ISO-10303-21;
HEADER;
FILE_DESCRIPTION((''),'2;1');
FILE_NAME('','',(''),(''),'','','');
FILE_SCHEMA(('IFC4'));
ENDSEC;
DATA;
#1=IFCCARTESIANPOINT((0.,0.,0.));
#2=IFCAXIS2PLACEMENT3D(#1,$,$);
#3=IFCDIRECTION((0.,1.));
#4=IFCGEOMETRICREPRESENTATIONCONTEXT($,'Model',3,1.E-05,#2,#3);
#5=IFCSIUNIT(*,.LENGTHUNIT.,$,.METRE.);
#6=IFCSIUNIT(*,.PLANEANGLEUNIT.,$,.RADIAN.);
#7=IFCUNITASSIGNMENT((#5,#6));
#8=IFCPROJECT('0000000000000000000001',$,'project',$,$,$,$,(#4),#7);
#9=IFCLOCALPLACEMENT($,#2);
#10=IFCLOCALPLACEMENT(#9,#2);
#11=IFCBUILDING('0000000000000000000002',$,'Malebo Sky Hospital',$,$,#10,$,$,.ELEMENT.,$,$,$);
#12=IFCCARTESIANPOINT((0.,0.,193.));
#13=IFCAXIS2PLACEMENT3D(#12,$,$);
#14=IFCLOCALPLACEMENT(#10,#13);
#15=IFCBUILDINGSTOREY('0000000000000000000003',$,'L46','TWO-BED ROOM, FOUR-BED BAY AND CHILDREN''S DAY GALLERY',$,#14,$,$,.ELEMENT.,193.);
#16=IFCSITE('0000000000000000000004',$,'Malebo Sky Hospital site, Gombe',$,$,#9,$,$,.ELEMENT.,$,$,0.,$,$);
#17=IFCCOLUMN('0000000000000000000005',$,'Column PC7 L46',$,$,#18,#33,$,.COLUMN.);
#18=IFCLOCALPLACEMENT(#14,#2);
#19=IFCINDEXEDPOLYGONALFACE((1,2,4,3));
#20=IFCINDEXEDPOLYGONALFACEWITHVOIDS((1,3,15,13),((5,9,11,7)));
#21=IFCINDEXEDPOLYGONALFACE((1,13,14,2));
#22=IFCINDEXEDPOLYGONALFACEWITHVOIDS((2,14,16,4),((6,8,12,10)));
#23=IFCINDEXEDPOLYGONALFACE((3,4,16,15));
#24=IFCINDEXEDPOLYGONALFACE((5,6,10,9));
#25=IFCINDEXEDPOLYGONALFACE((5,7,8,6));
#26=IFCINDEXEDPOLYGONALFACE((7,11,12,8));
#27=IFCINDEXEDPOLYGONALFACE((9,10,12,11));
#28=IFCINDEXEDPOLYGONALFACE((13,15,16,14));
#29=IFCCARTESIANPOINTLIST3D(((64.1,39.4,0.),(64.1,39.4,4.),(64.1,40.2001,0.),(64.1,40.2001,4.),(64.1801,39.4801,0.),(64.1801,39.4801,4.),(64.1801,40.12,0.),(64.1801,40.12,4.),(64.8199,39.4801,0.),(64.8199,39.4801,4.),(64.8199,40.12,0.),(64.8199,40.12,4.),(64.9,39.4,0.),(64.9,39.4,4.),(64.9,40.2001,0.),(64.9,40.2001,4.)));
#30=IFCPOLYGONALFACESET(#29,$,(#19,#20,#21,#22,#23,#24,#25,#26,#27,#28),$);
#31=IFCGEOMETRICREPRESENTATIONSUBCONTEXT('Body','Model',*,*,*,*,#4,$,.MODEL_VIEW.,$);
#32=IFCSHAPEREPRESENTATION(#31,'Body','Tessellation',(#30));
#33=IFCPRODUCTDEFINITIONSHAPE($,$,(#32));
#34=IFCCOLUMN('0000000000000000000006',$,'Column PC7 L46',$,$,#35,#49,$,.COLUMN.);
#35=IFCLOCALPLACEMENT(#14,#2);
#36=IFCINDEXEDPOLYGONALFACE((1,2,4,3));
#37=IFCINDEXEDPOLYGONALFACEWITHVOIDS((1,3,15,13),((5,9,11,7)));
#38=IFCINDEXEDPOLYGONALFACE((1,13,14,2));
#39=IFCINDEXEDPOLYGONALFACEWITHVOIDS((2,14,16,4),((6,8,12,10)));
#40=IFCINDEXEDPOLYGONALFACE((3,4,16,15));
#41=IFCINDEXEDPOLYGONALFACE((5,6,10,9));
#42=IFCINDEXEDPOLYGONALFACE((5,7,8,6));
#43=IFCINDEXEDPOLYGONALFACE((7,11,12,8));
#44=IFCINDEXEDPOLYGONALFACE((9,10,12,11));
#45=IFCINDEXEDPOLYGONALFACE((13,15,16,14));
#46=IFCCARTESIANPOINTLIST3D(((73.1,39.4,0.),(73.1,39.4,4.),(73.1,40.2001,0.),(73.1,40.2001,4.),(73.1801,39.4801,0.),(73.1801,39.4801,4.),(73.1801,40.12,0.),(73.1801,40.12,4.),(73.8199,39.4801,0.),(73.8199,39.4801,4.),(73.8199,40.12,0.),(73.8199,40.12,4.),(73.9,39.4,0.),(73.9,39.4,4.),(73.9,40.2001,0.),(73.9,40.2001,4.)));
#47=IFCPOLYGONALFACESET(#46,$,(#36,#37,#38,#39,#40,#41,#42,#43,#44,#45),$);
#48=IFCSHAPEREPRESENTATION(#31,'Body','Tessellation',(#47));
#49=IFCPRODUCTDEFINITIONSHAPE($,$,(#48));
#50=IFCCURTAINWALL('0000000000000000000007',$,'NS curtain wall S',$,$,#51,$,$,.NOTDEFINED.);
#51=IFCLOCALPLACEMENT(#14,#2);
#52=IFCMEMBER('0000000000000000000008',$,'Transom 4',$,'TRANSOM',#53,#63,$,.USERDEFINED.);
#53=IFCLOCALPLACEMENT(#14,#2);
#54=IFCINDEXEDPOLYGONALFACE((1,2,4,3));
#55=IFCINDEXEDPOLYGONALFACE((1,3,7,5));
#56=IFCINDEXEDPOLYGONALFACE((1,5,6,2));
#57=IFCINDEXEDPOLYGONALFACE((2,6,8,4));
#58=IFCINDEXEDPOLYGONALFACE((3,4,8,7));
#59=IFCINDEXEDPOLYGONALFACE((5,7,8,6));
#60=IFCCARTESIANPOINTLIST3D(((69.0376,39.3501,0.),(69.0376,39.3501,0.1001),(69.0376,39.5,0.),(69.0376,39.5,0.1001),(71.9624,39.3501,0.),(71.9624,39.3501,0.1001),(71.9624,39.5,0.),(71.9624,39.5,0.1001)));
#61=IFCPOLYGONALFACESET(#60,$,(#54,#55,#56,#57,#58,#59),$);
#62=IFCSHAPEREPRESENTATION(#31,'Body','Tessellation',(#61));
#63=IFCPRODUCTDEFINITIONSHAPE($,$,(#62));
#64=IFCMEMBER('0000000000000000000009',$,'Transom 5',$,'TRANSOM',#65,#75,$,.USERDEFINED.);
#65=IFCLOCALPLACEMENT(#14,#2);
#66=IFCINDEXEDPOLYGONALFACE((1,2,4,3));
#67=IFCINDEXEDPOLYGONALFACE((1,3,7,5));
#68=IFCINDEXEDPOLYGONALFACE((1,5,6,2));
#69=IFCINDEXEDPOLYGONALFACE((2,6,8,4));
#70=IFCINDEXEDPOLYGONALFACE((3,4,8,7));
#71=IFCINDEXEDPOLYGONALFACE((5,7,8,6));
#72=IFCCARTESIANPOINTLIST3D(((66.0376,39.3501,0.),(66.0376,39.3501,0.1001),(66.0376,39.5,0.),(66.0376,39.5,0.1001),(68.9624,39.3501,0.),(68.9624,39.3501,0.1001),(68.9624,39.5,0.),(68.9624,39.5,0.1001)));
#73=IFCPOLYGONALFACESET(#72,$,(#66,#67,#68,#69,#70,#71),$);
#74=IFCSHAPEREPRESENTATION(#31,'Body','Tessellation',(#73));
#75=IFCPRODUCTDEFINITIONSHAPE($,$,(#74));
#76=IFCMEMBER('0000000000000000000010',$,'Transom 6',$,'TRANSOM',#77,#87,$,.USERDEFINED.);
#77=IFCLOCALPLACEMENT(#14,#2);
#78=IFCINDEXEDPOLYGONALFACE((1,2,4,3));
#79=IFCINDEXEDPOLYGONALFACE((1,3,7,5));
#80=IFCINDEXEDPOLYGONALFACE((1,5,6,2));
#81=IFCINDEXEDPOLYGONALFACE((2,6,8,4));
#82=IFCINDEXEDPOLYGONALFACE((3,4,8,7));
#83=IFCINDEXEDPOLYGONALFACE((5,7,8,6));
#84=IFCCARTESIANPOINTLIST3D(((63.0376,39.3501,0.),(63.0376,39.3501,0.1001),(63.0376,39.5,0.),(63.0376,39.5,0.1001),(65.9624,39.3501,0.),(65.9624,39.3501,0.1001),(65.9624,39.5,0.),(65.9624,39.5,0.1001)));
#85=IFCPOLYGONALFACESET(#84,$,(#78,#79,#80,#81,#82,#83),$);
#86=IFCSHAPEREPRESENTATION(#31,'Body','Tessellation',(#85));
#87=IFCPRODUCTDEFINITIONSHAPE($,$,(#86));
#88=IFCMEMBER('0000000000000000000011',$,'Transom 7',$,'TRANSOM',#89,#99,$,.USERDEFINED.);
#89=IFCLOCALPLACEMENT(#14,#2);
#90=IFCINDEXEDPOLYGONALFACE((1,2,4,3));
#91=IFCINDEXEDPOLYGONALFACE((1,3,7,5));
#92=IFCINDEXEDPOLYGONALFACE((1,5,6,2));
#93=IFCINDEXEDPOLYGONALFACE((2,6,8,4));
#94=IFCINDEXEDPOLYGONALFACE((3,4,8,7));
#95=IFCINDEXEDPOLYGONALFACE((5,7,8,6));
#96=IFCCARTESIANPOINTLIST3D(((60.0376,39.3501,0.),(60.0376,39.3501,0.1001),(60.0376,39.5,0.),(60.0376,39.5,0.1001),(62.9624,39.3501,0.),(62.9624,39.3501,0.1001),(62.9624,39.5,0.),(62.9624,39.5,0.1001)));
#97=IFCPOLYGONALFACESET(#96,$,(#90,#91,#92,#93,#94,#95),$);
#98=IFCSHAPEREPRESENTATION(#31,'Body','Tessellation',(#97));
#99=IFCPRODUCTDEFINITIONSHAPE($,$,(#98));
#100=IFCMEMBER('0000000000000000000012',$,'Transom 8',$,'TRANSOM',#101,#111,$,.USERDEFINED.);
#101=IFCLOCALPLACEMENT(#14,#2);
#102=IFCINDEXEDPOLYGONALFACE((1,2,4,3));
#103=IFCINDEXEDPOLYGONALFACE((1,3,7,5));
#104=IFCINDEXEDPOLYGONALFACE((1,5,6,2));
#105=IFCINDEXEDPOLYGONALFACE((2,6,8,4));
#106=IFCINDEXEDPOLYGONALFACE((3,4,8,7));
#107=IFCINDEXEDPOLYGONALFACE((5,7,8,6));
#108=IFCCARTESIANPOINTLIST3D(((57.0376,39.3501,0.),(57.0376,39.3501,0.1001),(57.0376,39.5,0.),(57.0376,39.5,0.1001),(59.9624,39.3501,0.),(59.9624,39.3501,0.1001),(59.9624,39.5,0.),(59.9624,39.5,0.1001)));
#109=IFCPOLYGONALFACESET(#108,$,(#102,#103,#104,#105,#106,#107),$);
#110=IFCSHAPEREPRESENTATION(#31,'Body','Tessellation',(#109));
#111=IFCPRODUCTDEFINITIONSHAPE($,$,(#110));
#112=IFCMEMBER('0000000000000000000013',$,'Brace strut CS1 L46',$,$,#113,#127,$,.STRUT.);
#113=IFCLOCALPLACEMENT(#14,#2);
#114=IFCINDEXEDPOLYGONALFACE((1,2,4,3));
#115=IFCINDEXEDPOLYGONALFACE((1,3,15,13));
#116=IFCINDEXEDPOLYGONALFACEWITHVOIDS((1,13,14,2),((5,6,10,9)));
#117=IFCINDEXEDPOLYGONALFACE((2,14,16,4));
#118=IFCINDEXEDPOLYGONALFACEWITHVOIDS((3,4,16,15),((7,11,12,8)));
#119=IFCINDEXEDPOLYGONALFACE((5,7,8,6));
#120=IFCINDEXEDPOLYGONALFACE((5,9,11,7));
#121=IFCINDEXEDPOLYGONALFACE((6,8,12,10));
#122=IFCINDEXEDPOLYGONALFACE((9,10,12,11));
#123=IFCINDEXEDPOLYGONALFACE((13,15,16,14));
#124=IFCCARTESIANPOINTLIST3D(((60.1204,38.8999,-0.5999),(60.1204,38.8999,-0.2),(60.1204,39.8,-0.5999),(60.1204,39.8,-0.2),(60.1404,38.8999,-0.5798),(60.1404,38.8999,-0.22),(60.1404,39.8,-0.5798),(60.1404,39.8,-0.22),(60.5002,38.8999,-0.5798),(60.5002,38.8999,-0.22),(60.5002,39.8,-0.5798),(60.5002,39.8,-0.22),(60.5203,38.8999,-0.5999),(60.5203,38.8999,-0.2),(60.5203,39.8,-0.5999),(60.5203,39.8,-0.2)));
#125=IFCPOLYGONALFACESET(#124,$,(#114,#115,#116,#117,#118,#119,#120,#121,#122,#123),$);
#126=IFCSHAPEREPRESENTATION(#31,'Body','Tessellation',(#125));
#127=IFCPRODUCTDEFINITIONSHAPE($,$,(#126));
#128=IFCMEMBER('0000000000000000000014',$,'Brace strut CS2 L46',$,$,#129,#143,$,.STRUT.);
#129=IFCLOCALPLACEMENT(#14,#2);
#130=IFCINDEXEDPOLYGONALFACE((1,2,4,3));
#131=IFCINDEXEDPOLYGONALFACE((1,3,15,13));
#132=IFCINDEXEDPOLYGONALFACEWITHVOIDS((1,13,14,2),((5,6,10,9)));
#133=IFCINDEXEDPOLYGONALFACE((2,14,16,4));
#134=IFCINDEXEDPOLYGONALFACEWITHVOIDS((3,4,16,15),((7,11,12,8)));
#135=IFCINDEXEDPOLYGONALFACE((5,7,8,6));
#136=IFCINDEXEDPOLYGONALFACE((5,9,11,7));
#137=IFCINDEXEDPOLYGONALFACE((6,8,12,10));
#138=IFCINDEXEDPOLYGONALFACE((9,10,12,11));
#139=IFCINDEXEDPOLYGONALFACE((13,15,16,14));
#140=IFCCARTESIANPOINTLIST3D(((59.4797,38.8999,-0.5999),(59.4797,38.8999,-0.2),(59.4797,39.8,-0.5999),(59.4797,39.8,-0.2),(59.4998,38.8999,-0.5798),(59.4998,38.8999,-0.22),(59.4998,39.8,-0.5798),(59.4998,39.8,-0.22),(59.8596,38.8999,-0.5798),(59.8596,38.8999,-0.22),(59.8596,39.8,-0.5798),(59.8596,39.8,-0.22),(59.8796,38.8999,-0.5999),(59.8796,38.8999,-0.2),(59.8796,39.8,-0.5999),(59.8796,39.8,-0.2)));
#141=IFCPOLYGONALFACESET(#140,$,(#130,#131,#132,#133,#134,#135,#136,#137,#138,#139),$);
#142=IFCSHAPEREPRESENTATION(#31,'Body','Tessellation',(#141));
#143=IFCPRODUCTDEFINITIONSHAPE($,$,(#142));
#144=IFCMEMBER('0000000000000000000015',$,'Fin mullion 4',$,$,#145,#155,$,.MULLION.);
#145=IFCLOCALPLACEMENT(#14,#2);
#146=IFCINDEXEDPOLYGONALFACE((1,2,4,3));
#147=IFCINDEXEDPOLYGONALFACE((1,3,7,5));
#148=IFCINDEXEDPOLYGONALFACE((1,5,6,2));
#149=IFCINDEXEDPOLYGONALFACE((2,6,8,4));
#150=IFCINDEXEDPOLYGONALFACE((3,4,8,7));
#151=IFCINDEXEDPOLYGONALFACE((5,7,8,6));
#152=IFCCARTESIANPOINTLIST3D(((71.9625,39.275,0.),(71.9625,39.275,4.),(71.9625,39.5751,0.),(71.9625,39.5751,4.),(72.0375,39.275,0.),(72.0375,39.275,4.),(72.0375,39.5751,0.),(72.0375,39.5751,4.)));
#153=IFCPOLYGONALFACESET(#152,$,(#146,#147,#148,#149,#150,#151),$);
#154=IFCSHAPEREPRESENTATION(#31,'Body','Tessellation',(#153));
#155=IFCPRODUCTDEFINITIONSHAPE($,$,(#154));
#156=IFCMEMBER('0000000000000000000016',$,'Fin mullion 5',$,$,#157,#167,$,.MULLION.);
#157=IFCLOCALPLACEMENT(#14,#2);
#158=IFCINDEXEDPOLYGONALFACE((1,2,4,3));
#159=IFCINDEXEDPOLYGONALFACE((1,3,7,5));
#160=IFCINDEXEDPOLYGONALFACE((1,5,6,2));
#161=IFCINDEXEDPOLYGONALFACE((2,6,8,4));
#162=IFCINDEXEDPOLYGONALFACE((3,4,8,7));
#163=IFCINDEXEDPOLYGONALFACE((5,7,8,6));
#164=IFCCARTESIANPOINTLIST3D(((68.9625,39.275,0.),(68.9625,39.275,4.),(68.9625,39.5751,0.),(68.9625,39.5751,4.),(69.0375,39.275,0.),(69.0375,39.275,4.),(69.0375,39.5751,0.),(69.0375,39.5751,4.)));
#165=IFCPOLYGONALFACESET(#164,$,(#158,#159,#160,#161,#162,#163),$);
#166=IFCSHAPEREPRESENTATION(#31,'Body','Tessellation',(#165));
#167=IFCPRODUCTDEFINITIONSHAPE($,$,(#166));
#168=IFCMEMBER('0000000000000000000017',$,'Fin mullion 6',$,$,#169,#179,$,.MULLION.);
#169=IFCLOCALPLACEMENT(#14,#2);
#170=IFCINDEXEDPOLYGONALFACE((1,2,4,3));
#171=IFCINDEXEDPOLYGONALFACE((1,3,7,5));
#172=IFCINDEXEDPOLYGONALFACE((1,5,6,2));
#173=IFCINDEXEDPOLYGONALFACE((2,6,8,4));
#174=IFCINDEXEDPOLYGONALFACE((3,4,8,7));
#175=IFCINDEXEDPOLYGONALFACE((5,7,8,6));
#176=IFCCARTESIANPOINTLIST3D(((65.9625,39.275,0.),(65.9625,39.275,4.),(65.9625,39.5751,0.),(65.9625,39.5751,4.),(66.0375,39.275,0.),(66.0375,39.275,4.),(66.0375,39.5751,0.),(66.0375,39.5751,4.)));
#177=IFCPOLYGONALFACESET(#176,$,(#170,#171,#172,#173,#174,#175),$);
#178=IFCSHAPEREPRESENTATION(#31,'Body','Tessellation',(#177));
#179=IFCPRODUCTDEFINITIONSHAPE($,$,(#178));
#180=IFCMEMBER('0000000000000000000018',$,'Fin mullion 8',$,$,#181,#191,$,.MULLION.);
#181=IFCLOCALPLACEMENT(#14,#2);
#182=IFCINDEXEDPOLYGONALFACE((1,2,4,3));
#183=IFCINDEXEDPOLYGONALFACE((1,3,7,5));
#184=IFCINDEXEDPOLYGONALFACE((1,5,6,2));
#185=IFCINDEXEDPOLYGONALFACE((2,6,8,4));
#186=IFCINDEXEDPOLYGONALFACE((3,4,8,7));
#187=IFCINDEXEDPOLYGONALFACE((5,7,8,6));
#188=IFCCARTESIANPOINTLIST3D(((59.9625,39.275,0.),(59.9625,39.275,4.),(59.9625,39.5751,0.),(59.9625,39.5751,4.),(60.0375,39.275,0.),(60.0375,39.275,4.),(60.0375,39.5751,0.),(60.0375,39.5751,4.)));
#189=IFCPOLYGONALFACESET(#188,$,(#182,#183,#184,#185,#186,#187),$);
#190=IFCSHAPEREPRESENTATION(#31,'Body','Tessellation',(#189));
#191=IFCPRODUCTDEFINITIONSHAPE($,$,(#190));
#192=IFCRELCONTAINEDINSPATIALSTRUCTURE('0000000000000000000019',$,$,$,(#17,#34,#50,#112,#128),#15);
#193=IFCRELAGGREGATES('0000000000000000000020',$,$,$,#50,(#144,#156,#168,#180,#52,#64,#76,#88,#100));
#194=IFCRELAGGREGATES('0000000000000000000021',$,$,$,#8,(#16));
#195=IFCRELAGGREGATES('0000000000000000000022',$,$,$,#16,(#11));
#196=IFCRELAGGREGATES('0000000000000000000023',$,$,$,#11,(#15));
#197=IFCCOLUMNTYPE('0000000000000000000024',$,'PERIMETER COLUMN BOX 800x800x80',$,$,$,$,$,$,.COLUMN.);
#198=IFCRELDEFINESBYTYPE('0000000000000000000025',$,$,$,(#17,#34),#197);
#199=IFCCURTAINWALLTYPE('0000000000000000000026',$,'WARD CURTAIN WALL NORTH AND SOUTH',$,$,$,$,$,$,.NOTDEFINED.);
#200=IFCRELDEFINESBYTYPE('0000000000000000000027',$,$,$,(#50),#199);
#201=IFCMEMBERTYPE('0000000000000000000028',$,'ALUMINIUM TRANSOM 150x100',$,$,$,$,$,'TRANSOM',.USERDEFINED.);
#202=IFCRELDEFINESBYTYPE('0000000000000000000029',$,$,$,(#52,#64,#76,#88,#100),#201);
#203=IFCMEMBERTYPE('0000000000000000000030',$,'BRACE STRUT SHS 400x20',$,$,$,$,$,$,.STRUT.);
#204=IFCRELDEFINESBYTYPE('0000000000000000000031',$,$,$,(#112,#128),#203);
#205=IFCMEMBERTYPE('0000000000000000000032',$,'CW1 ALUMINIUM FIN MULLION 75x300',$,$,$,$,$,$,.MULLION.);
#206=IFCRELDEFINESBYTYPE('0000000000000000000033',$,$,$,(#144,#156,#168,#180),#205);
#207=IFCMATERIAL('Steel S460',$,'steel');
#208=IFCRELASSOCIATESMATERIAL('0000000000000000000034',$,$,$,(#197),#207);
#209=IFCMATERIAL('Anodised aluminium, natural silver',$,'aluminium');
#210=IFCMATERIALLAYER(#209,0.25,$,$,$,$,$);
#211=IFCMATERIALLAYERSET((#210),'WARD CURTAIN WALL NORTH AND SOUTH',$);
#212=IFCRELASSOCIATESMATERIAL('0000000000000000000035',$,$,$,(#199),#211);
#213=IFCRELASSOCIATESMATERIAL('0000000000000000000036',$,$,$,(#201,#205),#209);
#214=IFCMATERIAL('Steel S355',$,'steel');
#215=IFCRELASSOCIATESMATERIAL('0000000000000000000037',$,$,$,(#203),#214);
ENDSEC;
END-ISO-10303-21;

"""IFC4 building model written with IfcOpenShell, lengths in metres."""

from ifc_helpers import new_model, si_unit, direction, frame, origin, origin_2d, place, context, subcontext, project, spatial, rectangle, hollow_rectangle, extrude, material, layer, layer_set, material_profile, profile_set, type_object, element, aggregate, save


model = new_model("IFC4")

# Units and contexts
model_context = context("Model", 3, precision=1e-05, world=origin(), true_north=direction((0.0, 1.0)))
body_context = subcontext(model_context, "Body", "Model", "MODEL_VIEW")
ifc_project = project(units=[si_unit("LENGTHUNIT", "METRE"), si_unit("PLANEANGLEUNIT", "RADIAN")], contexts=[model_context])

# Site, building, storey
site_placement = place(None, origin())
site = spatial("IfcSite", under=ifc_project, at=site_placement, Name="Malebo Sky Hospital site, Gombe", CompositionType="ELEMENT", RefElevation=0.0)
building_placement = place(site_placement, origin())
building = spatial("IfcBuilding", under=site, at=building_placement, Name="Malebo Sky Hospital", CompositionType="ELEMENT")
storey_placement = place(building_placement, frame((0.0, 0.0, 193.0)))
storey = spatial("IfcBuildingStorey", under=building, at=storey_placement, Name="L46", Description="TWO-BED ROOM, FOUR-BED BAY AND CHILDREN'S DAY GALLERY", CompositionType="ELEMENT", Elevation=193.0)

# Columns
ifc_material_1 = material(Name="Steel S460", Category="steel")
ifc_material_profile_1 = material_profile(ifc_material_1, hollow_rectangle(XDim=0.8, YDim=0.8, WallThickness=0.0801, at=origin_2d()), Name="BOX 800x800x80")
ifc_profile_set_1 = profile_set([ifc_material_profile_1], Name="Steel S460")
column_type = type_object("IfcColumnType", Name="PERIMETER COLUMN BOX 800x800x80", PredefinedType="COLUMN", material=ifc_profile_set_1)
for number, where, z_axis, x_axis, name in (
    (1, (64.5, 39.8, 0.0), (0.0, 0.0, 1.0), (1.0, 0.0, 0.0), "Column PC7 L46"),
    (2, (73.5, 39.8, 0.0), (0.0, 0.0, 1.0), (1.0, 0.0, 0.0), "Column PC7 L46"),
):
    element("IfcColumn", number, at=place(storey_placement, frame(where, z_axis=z_axis, x_axis=x_axis)), inside=storey, type_object=column_type, Name=name, PredefinedType="COLUMN", context=body_context, shape_type="SweptSolid", body=[
        extrude(hollow_rectangle(XDim=0.8, YDim=0.8, WallThickness=0.0801, at=origin_2d()), origin(), (0.0, 0.0, 1.0), 4.0),
    ])

# Curtain wall, members
ifc_material_2 = material(Name="Anodised aluminium, natural silver", Category="aluminium")
ifc_layer_1 = layer(ifc_material_2, 0.25)
ifc_layer_set_1 = layer_set([ifc_layer_1], Name="WARD CURTAIN WALL NORTH AND SOUTH")
curtain_wall_type = type_object("IfcCurtainWallType", Name="WARD CURTAIN WALL NORTH AND SOUTH", PredefinedType="NOTDEFINED", material=ifc_layer_set_1)
curtain_wall_placement = place(storey_placement, origin())
curtain_wall = element("IfcCurtainWall", 3, at=curtain_wall_placement, inside=storey, type_object=curtain_wall_type, Name="NS curtain wall S", PredefinedType="NOTDEFINED")
ifc_material_profile_2 = material_profile(ifc_material_2, rectangle(XDim=0.1499, YDim=0.1001, at=origin_2d()), Name="ALUMINIUM TRANSOM 150x100")
ifc_profile_set_2 = profile_set([ifc_material_profile_2], Name="Anodised aluminium, natural silver")
member_type_1 = type_object("IfcMemberType", Name="ALUMINIUM TRANSOM 150x100", ElementType="TRANSOM", PredefinedType="USERDEFINED", material=ifc_profile_set_2)
member_1_placement = place(storey_placement, frame((71.9624, 39.425, 0.05), z_axis=(-1.0, 0.0, 0.0), x_axis=(0.0, -1.0, 0.0)))
member_1 = element("IfcMember", 4, at=member_1_placement, type_object=member_type_1, Name="Transom 4", ObjectType="TRANSOM", PredefinedType="USERDEFINED", context=body_context, shape_type="SweptSolid", body=[
    extrude(rectangle(XDim=0.1499, YDim=0.1001, at=origin_2d()), origin(), (0.0, 0.0, 1.0), 2.9248),
])
member_2_placement = place(storey_placement, frame((68.9624, 39.425, 0.05), z_axis=(-1.0, 0.0, 0.0), x_axis=(0.0, -1.0, 0.0)))
member_2 = element("IfcMember", 5, at=member_2_placement, type_object=member_type_1, Name="Transom 5", ObjectType="TRANSOM", PredefinedType="USERDEFINED", context=body_context, shape_type="SweptSolid", body=[
    extrude(rectangle(XDim=0.1499, YDim=0.1001, at=origin_2d()), origin(), (0.0, 0.0, 1.0), 2.9248),
])
member_3_placement = place(storey_placement, frame((65.9624, 39.425, 0.05), z_axis=(-1.0, 0.0, 0.0), x_axis=(0.0, -1.0, 0.0)))
member_3 = element("IfcMember", 6, at=member_3_placement, type_object=member_type_1, Name="Transom 6", ObjectType="TRANSOM", PredefinedType="USERDEFINED", context=body_context, shape_type="SweptSolid", body=[
    extrude(rectangle(XDim=0.1499, YDim=0.1001, at=origin_2d()), origin(), (0.0, 0.0, 1.0), 2.9248),
])
member_4_placement = place(storey_placement, frame((62.9624, 39.425, 0.05), z_axis=(-1.0, 0.0, 0.0), x_axis=(0.0, -1.0, 0.0)))
member_4 = element("IfcMember", 7, at=member_4_placement, type_object=member_type_1, Name="Transom 7", ObjectType="TRANSOM", PredefinedType="USERDEFINED", context=body_context, shape_type="SweptSolid", body=[
    extrude(rectangle(XDim=0.1499, YDim=0.1001, at=origin_2d()), origin(), (0.0, 0.0, 1.0), 2.9248),
])
member_5_placement = place(storey_placement, frame((59.9624, 39.425, 0.05), z_axis=(-1.0, 0.0, 0.0), x_axis=(0.0, -1.0, 0.0)))
member_5 = element("IfcMember", 8, at=member_5_placement, type_object=member_type_1, Name="Transom 8", ObjectType="TRANSOM", PredefinedType="USERDEFINED", context=body_context, shape_type="SweptSolid", body=[
    extrude(rectangle(XDim=0.1499, YDim=0.1001, at=origin_2d()), origin(), (0.0, 0.0, 1.0), 2.9248),
])

# Members
ifc_material_3 = material(Name="Steel S355", Category="steel")
ifc_material_profile_3 = material_profile(ifc_material_3, hollow_rectangle(XDim=0.3999, YDim=0.3999, WallThickness=0.02, at=origin_2d()), Name="SHS 400x20")
ifc_profile_set_3 = profile_set([ifc_material_profile_3], Name="Steel S355")
member_type_2 = type_object("IfcMemberType", Name="BRACE STRUT SHS 400x20", PredefinedType="STRUT", material=ifc_profile_set_3)
for number, where, z_axis, x_axis, name in (
    (9, (60.3203, 38.8999, -0.3999), (0.0, 1.0, 0.0), (-1.0, 0.0, 0.0), "Brace strut CS1 L46"),
    (10, (59.6797, 38.8999, -0.3999), (0.0, 1.0, 0.0), (-1.0, 0.0, 0.0), "Brace strut CS2 L46"),
):
    element("IfcMember", number, at=place(storey_placement, frame(where, z_axis=z_axis, x_axis=x_axis)), inside=storey, type_object=member_type_2, Name=name, PredefinedType="STRUT", context=body_context, shape_type="SweptSolid", body=[
        extrude(hollow_rectangle(XDim=0.3999, YDim=0.3999, WallThickness=0.02, at=origin_2d()), origin(), (0.0, 0.0, 1.0), 0.9001),
    ])

# Members
ifc_material_profile_4 = material_profile(ifc_material_2, rectangle(XDim=0.075, YDim=0.3, at=origin_2d()), Name="CW1 ALUMINIUM FIN MULLION 75x300")
ifc_profile_set_4 = profile_set([ifc_material_profile_4], Name="Anodised aluminium, natural silver")
member_type_3 = type_object("IfcMemberType", Name="CW1 ALUMINIUM FIN MULLION 75x300", PredefinedType="MULLION", material=ifc_profile_set_4)
member_6_placement = place(storey_placement, frame((72.0, 39.425, 0.0), z_axis=(0.0, 0.0, 1.0), x_axis=(-1.0, 0.0, 0.0)))
member_6 = element("IfcMember", 11, at=member_6_placement, type_object=member_type_3, Name="Fin mullion 4", PredefinedType="MULLION", context=body_context, shape_type="SweptSolid", body=[
    extrude(rectangle(XDim=0.075, YDim=0.3, at=origin_2d()), origin(), (0.0, 0.0, 1.0), 4.0),
])
member_7_placement = place(storey_placement, frame((69.0, 39.425, 0.0), z_axis=(0.0, 0.0, 1.0), x_axis=(-1.0, 0.0, 0.0)))
member_7 = element("IfcMember", 12, at=member_7_placement, type_object=member_type_3, Name="Fin mullion 5", PredefinedType="MULLION", context=body_context, shape_type="SweptSolid", body=[
    extrude(rectangle(XDim=0.075, YDim=0.3, at=origin_2d()), origin(), (0.0, 0.0, 1.0), 4.0),
])
member_8_placement = place(storey_placement, frame((66.0, 39.425, 0.0), z_axis=(0.0, 0.0, 1.0), x_axis=(-1.0, 0.0, 0.0)))
member_8 = element("IfcMember", 13, at=member_8_placement, type_object=member_type_3, Name="Fin mullion 6", PredefinedType="MULLION", context=body_context, shape_type="SweptSolid", body=[
    extrude(rectangle(XDim=0.075, YDim=0.3, at=origin_2d()), origin(), (0.0, 0.0, 1.0), 4.0),
])
member_9_placement = place(storey_placement, frame((60.0, 39.425, 0.0), z_axis=(0.0, 0.0, 1.0), x_axis=(-1.0, 0.0, 0.0)))
member_9 = element("IfcMember", 14, at=member_9_placement, type_object=member_type_3, Name="Fin mullion 8", PredefinedType="MULLION", context=body_context, shape_type="SweptSolid", body=[
    extrude(rectangle(XDim=0.075, YDim=0.3, at=origin_2d()), origin(), (0.0, 0.0, 1.0), 4.0),
])

aggregate(curtain_wall, [member_6, member_7, member_8, member_9, member_1, member_2, member_3, member_4, member_5])

save(model, "model.ifc")
